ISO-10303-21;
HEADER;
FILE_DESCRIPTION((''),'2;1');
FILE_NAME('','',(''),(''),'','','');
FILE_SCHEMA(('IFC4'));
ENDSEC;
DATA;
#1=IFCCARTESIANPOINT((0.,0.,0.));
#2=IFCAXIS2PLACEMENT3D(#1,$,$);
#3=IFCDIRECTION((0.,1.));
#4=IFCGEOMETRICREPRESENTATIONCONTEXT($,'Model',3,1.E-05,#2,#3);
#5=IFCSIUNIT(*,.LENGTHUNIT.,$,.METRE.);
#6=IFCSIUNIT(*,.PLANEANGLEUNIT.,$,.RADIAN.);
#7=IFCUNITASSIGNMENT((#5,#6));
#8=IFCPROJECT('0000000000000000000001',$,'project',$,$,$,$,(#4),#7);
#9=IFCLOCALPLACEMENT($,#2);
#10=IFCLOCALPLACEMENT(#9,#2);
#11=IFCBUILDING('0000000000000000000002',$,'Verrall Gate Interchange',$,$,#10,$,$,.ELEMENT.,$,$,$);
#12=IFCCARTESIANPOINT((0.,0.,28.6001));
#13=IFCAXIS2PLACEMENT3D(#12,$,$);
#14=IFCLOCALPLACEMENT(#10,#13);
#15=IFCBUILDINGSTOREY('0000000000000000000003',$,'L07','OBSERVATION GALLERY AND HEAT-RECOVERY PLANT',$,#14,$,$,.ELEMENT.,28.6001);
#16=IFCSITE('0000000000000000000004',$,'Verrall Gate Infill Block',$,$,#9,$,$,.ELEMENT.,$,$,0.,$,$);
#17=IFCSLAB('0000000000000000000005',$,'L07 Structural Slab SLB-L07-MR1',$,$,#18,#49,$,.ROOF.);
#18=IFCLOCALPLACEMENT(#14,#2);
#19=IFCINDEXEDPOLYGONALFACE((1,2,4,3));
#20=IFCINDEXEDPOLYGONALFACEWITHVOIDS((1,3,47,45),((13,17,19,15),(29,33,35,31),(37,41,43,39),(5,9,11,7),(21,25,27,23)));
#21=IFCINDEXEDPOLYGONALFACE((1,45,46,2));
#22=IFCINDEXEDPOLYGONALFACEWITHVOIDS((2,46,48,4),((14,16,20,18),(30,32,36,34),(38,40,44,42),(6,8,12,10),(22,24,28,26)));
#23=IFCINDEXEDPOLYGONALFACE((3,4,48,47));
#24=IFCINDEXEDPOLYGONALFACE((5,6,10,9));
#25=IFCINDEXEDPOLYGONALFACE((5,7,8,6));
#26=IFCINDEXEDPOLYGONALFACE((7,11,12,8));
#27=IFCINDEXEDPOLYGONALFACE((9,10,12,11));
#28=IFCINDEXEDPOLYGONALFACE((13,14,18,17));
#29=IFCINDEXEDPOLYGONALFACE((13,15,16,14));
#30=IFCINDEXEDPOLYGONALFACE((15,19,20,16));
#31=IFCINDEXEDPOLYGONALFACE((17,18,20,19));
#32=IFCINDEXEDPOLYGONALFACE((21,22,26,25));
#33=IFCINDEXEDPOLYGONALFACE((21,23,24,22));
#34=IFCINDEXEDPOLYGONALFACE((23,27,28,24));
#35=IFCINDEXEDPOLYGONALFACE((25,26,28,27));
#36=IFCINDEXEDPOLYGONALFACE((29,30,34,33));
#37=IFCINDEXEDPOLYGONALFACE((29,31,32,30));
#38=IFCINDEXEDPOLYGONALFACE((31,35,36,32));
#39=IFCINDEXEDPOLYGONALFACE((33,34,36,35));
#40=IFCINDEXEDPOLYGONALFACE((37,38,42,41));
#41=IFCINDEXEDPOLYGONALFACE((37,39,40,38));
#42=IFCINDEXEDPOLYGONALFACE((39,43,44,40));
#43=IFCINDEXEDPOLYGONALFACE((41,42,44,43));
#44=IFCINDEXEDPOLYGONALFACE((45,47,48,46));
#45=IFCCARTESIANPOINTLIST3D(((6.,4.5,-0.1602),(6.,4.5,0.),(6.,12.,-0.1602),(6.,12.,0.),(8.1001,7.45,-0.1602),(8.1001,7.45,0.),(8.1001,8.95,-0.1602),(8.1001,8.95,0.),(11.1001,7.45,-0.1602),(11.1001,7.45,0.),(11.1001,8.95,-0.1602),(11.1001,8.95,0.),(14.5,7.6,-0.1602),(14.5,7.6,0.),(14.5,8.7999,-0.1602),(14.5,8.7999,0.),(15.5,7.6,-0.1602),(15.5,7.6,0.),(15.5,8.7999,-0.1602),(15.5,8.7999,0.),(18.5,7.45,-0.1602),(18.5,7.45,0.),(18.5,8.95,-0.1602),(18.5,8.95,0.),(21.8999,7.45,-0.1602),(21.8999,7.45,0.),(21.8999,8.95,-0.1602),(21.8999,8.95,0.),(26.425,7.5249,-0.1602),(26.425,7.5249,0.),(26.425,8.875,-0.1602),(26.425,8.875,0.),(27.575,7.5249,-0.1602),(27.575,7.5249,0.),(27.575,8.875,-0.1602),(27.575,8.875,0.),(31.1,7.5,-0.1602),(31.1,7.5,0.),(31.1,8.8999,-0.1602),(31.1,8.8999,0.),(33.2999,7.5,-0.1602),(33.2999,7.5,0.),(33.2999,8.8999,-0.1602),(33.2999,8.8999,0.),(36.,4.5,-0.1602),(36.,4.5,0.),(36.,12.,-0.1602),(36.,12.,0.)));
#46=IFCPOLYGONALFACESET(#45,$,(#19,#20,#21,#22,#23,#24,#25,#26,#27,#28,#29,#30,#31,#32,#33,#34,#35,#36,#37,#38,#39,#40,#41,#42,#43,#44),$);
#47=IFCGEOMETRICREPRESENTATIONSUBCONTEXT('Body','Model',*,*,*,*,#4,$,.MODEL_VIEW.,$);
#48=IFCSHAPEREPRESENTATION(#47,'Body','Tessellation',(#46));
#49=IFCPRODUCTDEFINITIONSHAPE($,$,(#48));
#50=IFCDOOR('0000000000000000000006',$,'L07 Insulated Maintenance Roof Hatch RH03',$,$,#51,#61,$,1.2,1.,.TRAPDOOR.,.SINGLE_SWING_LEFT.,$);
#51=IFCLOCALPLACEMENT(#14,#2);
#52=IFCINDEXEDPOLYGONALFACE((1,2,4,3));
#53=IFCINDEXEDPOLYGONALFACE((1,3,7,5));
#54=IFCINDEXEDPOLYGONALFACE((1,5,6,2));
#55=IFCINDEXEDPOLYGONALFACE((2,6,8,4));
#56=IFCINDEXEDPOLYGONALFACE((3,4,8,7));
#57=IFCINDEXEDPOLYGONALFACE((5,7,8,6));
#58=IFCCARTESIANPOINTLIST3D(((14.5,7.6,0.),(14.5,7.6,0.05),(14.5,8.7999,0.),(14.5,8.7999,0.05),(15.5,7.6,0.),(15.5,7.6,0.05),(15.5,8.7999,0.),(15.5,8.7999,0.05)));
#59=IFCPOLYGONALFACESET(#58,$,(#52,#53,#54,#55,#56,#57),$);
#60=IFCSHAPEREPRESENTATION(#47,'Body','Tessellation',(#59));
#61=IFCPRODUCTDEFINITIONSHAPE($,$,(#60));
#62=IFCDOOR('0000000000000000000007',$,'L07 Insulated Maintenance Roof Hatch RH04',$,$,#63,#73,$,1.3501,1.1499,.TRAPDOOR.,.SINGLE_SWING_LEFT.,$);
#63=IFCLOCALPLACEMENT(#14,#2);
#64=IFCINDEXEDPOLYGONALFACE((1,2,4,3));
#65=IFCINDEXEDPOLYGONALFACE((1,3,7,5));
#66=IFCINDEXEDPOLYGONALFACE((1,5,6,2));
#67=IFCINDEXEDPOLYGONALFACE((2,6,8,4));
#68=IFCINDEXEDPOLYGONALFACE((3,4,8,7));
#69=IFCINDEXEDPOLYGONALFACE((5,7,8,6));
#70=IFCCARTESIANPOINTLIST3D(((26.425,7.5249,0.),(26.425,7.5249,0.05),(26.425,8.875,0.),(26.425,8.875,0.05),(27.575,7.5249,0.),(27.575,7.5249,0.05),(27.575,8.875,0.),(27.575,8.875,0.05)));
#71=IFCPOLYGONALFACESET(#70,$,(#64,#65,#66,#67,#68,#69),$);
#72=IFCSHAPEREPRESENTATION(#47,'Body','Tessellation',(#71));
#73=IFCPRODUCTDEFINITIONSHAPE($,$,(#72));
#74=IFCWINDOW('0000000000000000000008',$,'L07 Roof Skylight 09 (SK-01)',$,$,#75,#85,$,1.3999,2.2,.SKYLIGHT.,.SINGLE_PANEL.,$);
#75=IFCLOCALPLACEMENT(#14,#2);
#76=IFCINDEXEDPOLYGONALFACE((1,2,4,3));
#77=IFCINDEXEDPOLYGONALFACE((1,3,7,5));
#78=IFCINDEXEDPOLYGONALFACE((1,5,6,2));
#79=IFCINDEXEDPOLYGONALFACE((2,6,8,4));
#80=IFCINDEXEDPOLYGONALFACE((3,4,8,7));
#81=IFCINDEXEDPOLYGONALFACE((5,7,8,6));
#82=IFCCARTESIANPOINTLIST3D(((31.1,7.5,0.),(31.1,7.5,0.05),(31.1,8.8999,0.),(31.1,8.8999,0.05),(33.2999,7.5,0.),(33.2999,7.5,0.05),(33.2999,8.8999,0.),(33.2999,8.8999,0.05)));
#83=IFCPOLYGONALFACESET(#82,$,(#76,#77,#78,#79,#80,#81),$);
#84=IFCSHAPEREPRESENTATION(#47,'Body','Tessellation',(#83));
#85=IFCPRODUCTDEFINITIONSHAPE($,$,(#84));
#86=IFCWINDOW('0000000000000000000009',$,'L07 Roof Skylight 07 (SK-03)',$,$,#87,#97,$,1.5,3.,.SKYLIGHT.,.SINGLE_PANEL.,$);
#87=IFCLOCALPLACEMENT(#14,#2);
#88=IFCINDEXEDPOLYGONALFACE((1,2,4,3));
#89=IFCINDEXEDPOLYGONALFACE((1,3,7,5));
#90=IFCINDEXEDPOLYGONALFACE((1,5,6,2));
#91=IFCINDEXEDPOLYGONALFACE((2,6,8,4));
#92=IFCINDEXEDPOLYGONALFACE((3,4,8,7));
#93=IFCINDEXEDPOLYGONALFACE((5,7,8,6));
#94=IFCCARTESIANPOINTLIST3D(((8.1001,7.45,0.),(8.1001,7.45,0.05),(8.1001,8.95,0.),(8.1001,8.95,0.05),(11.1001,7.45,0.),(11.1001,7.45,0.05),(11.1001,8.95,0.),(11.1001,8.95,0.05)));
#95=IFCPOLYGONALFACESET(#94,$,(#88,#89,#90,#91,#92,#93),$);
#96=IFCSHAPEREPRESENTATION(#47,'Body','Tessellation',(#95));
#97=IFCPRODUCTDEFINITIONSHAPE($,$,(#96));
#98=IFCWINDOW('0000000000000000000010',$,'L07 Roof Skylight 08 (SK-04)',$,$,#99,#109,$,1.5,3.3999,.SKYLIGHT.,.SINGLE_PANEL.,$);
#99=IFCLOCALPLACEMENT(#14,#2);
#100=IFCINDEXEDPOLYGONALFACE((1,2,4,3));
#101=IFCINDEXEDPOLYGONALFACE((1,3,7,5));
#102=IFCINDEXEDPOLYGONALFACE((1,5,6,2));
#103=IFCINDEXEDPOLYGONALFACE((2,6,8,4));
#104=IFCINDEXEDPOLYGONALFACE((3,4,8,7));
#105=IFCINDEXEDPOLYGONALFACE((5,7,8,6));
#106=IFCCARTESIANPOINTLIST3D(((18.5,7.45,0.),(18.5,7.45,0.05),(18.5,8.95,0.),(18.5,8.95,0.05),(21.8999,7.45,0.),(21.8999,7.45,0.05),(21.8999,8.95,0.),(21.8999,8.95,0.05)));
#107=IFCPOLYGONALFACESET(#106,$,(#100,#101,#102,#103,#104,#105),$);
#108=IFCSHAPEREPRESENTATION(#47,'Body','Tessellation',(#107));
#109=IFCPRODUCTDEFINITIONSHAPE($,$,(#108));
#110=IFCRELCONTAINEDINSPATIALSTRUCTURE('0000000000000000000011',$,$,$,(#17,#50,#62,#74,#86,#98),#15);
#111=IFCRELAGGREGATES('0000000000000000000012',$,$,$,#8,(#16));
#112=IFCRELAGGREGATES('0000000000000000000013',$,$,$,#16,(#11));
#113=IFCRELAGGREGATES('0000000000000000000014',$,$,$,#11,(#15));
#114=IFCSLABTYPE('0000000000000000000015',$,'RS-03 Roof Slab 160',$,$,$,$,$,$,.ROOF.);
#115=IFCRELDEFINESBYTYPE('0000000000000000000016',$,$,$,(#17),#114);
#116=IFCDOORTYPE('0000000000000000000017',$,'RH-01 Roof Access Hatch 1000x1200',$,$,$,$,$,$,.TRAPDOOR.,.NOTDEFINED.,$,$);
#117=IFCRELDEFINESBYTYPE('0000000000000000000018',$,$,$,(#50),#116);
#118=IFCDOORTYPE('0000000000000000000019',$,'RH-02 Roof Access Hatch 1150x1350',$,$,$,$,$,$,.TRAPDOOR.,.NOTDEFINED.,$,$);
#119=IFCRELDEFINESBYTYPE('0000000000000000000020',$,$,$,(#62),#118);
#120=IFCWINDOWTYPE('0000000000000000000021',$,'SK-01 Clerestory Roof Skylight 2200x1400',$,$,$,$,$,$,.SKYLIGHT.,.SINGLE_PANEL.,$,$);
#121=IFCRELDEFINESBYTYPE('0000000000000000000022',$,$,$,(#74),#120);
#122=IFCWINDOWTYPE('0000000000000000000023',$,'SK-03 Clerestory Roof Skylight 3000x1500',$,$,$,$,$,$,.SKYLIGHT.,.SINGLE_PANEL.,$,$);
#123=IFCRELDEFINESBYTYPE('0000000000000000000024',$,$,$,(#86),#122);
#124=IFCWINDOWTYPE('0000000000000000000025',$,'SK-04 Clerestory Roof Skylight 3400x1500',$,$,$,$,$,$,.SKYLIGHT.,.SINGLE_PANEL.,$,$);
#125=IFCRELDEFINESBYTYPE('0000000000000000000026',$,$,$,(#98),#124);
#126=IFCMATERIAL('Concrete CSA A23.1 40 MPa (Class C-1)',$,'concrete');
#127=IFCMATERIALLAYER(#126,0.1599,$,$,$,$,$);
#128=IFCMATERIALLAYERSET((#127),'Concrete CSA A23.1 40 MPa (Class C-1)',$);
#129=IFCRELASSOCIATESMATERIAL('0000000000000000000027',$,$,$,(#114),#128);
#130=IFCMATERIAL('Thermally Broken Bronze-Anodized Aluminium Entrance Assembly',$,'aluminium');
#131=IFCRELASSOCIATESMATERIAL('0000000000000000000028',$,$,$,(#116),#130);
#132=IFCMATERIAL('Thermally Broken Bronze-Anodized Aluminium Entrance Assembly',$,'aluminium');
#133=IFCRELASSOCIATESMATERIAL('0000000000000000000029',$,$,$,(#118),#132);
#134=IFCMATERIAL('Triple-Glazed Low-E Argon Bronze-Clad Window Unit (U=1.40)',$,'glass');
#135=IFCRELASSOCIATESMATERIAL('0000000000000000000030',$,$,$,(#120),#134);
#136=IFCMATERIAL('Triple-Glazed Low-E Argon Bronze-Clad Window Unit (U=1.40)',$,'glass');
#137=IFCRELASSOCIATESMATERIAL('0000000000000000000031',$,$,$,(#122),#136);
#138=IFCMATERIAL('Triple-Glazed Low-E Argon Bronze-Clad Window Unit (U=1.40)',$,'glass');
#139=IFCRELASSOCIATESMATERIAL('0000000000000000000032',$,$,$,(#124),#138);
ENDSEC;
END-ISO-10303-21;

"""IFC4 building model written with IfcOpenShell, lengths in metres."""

from ifc_helpers import new_model, si_unit, direction, frame, origin, origin_2d, place, context, subcontext, project, spatial, polyline, rectangle, outline, extrude, material, layer, layer_set, type_object, element, fill, save


model = new_model("IFC4")

# Units and contexts
model_context = context("Model", 3, precision=1e-05, world=origin(), true_north=direction((0.0, 1.0)))
body_context = subcontext(model_context, "Body", "Model", "MODEL_VIEW")
ifc_project = project(units=[si_unit("LENGTHUNIT", "METRE"), si_unit("PLANEANGLEUNIT", "RADIAN")], contexts=[model_context])

# Site, building, storey
site_placement = place(None, origin())
site = spatial("IfcSite", under=ifc_project, at=site_placement, Name="Verrall Gate Infill Block", CompositionType="ELEMENT", RefElevation=0.0)
building_placement = place(site_placement, origin())
building = spatial("IfcBuilding", under=site, at=building_placement, Name="Verrall Gate Interchange", CompositionType="ELEMENT")
storey_placement = place(building_placement, frame((0.0, 0.0, 28.6001)))
storey = spatial("IfcBuildingStorey", under=building, at=storey_placement, Name="L07", Description="OBSERVATION GALLERY AND HEAT-RECOVERY PLANT", CompositionType="ELEMENT", Elevation=28.6001)

# Slab, openings, doors, windows
ifc_material_1 = material(Name="Concrete CSA A23.1 40 MPa (Class C-1)", Category="concrete")
ifc_layer_1 = layer(ifc_material_1, 0.1599)
ifc_layer_set_1 = layer_set([ifc_layer_1], Name="Concrete CSA A23.1 40 MPa (Class C-1)")
slab_type_1 = type_object("IfcSlabType", Name="RS-03 Roof Slab 160", PredefinedType="ROOF", material=ifc_layer_set_1)
slab_1_placement = place(storey_placement, frame((0.0, 0.0, -0.1602)))
slab_1 = element("IfcSlab", 1, at=slab_1_placement, inside=storey, type_object=slab_type_1, Name="L07 Structural Slab SLB-L07-MR1", PredefinedType="ROOF", context=body_context, shape_type="SweptSolid", body=[
    extrude(outline(polyline([(6.0, 12.0), (18.0, 12.0), (30.0, 12.0), (36.0, 12.0), (36.0, 4.5), (6.0, 4.5), (6.0, 12.0)])), origin(), (0.0, 0.0, 1.0), 0.1602),
])
opening_1_placement = place(slab_1_placement, frame((15.0, 8.2, 0.0)))
opening_1 = element("IfcOpeningElement", 2, at=opening_1_placement, cuts=slab_1, PredefinedType="OPENING", context=body_context, shape_type="SweptSolid", body=[
    extrude(rectangle(XDim=1.0, YDim=1.2, at=origin_2d()), frame((0.0, 0.0, -0.0149)), (0.0, 0.0, 1.0), 0.24),
])
opening_2_placement = place(slab_1_placement, frame((27.0, 8.2, 0.0)))
opening_2 = element("IfcOpeningElement", 3, at=opening_2_placement, cuts=slab_1, PredefinedType="OPENING", context=body_context, shape_type="SweptSolid", body=[
    extrude(rectangle(XDim=1.1499, YDim=1.3501, at=origin_2d()), frame((0.0, 0.0, -0.0149)), (0.0, 0.0, 1.0), 0.24),
])
opening_3_placement = place(slab_1_placement, frame((9.6001, 8.2, 0.0)))
opening_3 = element("IfcOpeningElement", 4, at=opening_3_placement, cuts=slab_1, PredefinedType="OPENING", context=body_context, shape_type="SweptSolid", body=[
    extrude(rectangle(XDim=3.0, YDim=1.5, at=origin_2d()), frame((0.0, 0.0, -0.0149)), (0.0, 0.0, 1.0), 0.24),
])
opening_4_placement = place(slab_1_placement, frame((20.2, 8.2, 0.0)))
opening_4 = element("IfcOpeningElement", 5, at=opening_4_placement, cuts=slab_1, PredefinedType="OPENING", context=body_context, shape_type="SweptSolid", body=[
    extrude(rectangle(XDim=3.3999, YDim=1.5, at=origin_2d()), frame((0.0, 0.0, -0.0149)), (0.0, 0.0, 1.0), 0.24),
])
opening_5_placement = place(slab_1_placement, frame((32.2, 8.2, 0.0)))
opening_5 = element("IfcOpeningElement", 6, at=opening_5_placement, cuts=slab_1, PredefinedType="OPENING", context=body_context, shape_type="SweptSolid", body=[
    extrude(rectangle(XDim=2.2, YDim=1.3999, at=origin_2d()), frame((0.0, 0.0, -0.0149)), (0.0, 0.0, 1.0), 0.24),
])
ifc_material_2 = material(Name="Thermally Broken Bronze-Anodized Aluminium Entrance Assembly", Category="aluminium")
door_type_1 = type_object("IfcDoorType", Name="RH-01 Roof Access Hatch 1000x1200", OperationType="NOTDEFINED", PredefinedType="TRAPDOOR", material=ifc_material_2)
door_1_placement = place(opening_1_placement, frame((0.0, 0.0, 0.1602)))
door_1 = element("IfcDoor", 7, at=door_1_placement, inside=storey, type_object=door_type_1, Name="L07 Insulated Maintenance Roof Hatch RH03", OperationType="SINGLE_SWING_LEFT", OverallHeight=1.2, OverallWidth=1.0, PredefinedType="TRAPDOOR", context=body_context, shape_type="SweptSolid", body=[
    extrude(rectangle(XDim=1.0, YDim=1.2, at=origin_2d()), origin(), (0.0, 0.0, 1.0), 0.05),
])
fill(opening_1, door_1)
ifc_material_3 = material(Name="Thermally Broken Bronze-Anodized Aluminium Entrance Assembly", Category="aluminium")
door_type_2 = type_object("IfcDoorType", Name="RH-02 Roof Access Hatch 1150x1350", OperationType="NOTDEFINED", PredefinedType="TRAPDOOR", material=ifc_material_3)
door_2_placement = place(opening_2_placement, frame((0.0, 0.0, 0.1602)))
door_2 = element("IfcDoor", 8, at=door_2_placement, inside=storey, type_object=door_type_2, Name="L07 Insulated Maintenance Roof Hatch RH04", OperationType="SINGLE_SWING_LEFT", OverallHeight=1.3501, OverallWidth=1.1499, PredefinedType="TRAPDOOR", context=body_context, shape_type="SweptSolid", body=[
    extrude(rectangle(XDim=1.1499, YDim=1.3501, at=origin_2d()), origin(), (0.0, 0.0, 1.0), 0.05),
])
fill(opening_2, door_2)
ifc_material_4 = material(Name="Triple-Glazed Low-E Argon Bronze-Clad Window Unit (U=1.40)", Category="glass")
window_type_1 = type_object("IfcWindowType", Name="SK-01 Clerestory Roof Skylight 2200x1400", PartitioningType="SINGLE_PANEL", PredefinedType="SKYLIGHT", material=ifc_material_4)
window_1_placement = place(opening_5_placement, frame((0.0, 0.0, 0.1602)))
window_1 = element("IfcWindow", 9, at=window_1_placement, inside=storey, type_object=window_type_1, Name="L07 Roof Skylight 09 (SK-01)", OverallHeight=1.3999, OverallWidth=2.2, PartitioningType="SINGLE_PANEL", PredefinedType="SKYLIGHT", context=body_context, shape_type="SweptSolid", body=[
    extrude(rectangle(XDim=2.2, YDim=1.3999, at=origin_2d()), origin(), (0.0, 0.0, 1.0), 0.05),
])
fill(opening_5, window_1)
ifc_material_5 = material(Name="Triple-Glazed Low-E Argon Bronze-Clad Window Unit (U=1.40)", Category="glass")
window_type_2 = type_object("IfcWindowType", Name="SK-03 Clerestory Roof Skylight 3000x1500", PartitioningType="SINGLE_PANEL", PredefinedType="SKYLIGHT", material=ifc_material_5)
window_2_placement = place(opening_3_placement, frame((0.0, 0.0, 0.1602)))
window_2 = element("IfcWindow", 10, at=window_2_placement, inside=storey, type_object=window_type_2, Name="L07 Roof Skylight 07 (SK-03)", OverallHeight=1.5, OverallWidth=3.0, PartitioningType="SINGLE_PANEL", PredefinedType="SKYLIGHT", context=body_context, shape_type="SweptSolid", body=[
    extrude(rectangle(XDim=3.0, YDim=1.5, at=origin_2d()), origin(), (0.0, 0.0, 1.0), 0.05),
])
fill(opening_3, window_2)
ifc_material_6 = material(Name="Triple-Glazed Low-E Argon Bronze-Clad Window Unit (U=1.40)", Category="glass")
window_type_3 = type_object("IfcWindowType", Name="SK-04 Clerestory Roof Skylight 3400x1500", PartitioningType="SINGLE_PANEL", PredefinedType="SKYLIGHT", material=ifc_material_6)
window_3_placement = place(opening_4_placement, frame((0.0, 0.0, 0.1602)))
window_3 = element("IfcWindow", 11, at=window_3_placement, inside=storey, type_object=window_type_3, Name="L07 Roof Skylight 08 (SK-04)", OverallHeight=1.5, OverallWidth=3.3999, PartitioningType="SINGLE_PANEL", PredefinedType="SKYLIGHT", context=body_context, shape_type="SweptSolid", body=[
    extrude(rectangle(XDim=3.3999, YDim=1.5, at=origin_2d()), origin(), (0.0, 0.0, 1.0), 0.05),
])
fill(opening_4, window_3)

save(model, "model.ifc")
